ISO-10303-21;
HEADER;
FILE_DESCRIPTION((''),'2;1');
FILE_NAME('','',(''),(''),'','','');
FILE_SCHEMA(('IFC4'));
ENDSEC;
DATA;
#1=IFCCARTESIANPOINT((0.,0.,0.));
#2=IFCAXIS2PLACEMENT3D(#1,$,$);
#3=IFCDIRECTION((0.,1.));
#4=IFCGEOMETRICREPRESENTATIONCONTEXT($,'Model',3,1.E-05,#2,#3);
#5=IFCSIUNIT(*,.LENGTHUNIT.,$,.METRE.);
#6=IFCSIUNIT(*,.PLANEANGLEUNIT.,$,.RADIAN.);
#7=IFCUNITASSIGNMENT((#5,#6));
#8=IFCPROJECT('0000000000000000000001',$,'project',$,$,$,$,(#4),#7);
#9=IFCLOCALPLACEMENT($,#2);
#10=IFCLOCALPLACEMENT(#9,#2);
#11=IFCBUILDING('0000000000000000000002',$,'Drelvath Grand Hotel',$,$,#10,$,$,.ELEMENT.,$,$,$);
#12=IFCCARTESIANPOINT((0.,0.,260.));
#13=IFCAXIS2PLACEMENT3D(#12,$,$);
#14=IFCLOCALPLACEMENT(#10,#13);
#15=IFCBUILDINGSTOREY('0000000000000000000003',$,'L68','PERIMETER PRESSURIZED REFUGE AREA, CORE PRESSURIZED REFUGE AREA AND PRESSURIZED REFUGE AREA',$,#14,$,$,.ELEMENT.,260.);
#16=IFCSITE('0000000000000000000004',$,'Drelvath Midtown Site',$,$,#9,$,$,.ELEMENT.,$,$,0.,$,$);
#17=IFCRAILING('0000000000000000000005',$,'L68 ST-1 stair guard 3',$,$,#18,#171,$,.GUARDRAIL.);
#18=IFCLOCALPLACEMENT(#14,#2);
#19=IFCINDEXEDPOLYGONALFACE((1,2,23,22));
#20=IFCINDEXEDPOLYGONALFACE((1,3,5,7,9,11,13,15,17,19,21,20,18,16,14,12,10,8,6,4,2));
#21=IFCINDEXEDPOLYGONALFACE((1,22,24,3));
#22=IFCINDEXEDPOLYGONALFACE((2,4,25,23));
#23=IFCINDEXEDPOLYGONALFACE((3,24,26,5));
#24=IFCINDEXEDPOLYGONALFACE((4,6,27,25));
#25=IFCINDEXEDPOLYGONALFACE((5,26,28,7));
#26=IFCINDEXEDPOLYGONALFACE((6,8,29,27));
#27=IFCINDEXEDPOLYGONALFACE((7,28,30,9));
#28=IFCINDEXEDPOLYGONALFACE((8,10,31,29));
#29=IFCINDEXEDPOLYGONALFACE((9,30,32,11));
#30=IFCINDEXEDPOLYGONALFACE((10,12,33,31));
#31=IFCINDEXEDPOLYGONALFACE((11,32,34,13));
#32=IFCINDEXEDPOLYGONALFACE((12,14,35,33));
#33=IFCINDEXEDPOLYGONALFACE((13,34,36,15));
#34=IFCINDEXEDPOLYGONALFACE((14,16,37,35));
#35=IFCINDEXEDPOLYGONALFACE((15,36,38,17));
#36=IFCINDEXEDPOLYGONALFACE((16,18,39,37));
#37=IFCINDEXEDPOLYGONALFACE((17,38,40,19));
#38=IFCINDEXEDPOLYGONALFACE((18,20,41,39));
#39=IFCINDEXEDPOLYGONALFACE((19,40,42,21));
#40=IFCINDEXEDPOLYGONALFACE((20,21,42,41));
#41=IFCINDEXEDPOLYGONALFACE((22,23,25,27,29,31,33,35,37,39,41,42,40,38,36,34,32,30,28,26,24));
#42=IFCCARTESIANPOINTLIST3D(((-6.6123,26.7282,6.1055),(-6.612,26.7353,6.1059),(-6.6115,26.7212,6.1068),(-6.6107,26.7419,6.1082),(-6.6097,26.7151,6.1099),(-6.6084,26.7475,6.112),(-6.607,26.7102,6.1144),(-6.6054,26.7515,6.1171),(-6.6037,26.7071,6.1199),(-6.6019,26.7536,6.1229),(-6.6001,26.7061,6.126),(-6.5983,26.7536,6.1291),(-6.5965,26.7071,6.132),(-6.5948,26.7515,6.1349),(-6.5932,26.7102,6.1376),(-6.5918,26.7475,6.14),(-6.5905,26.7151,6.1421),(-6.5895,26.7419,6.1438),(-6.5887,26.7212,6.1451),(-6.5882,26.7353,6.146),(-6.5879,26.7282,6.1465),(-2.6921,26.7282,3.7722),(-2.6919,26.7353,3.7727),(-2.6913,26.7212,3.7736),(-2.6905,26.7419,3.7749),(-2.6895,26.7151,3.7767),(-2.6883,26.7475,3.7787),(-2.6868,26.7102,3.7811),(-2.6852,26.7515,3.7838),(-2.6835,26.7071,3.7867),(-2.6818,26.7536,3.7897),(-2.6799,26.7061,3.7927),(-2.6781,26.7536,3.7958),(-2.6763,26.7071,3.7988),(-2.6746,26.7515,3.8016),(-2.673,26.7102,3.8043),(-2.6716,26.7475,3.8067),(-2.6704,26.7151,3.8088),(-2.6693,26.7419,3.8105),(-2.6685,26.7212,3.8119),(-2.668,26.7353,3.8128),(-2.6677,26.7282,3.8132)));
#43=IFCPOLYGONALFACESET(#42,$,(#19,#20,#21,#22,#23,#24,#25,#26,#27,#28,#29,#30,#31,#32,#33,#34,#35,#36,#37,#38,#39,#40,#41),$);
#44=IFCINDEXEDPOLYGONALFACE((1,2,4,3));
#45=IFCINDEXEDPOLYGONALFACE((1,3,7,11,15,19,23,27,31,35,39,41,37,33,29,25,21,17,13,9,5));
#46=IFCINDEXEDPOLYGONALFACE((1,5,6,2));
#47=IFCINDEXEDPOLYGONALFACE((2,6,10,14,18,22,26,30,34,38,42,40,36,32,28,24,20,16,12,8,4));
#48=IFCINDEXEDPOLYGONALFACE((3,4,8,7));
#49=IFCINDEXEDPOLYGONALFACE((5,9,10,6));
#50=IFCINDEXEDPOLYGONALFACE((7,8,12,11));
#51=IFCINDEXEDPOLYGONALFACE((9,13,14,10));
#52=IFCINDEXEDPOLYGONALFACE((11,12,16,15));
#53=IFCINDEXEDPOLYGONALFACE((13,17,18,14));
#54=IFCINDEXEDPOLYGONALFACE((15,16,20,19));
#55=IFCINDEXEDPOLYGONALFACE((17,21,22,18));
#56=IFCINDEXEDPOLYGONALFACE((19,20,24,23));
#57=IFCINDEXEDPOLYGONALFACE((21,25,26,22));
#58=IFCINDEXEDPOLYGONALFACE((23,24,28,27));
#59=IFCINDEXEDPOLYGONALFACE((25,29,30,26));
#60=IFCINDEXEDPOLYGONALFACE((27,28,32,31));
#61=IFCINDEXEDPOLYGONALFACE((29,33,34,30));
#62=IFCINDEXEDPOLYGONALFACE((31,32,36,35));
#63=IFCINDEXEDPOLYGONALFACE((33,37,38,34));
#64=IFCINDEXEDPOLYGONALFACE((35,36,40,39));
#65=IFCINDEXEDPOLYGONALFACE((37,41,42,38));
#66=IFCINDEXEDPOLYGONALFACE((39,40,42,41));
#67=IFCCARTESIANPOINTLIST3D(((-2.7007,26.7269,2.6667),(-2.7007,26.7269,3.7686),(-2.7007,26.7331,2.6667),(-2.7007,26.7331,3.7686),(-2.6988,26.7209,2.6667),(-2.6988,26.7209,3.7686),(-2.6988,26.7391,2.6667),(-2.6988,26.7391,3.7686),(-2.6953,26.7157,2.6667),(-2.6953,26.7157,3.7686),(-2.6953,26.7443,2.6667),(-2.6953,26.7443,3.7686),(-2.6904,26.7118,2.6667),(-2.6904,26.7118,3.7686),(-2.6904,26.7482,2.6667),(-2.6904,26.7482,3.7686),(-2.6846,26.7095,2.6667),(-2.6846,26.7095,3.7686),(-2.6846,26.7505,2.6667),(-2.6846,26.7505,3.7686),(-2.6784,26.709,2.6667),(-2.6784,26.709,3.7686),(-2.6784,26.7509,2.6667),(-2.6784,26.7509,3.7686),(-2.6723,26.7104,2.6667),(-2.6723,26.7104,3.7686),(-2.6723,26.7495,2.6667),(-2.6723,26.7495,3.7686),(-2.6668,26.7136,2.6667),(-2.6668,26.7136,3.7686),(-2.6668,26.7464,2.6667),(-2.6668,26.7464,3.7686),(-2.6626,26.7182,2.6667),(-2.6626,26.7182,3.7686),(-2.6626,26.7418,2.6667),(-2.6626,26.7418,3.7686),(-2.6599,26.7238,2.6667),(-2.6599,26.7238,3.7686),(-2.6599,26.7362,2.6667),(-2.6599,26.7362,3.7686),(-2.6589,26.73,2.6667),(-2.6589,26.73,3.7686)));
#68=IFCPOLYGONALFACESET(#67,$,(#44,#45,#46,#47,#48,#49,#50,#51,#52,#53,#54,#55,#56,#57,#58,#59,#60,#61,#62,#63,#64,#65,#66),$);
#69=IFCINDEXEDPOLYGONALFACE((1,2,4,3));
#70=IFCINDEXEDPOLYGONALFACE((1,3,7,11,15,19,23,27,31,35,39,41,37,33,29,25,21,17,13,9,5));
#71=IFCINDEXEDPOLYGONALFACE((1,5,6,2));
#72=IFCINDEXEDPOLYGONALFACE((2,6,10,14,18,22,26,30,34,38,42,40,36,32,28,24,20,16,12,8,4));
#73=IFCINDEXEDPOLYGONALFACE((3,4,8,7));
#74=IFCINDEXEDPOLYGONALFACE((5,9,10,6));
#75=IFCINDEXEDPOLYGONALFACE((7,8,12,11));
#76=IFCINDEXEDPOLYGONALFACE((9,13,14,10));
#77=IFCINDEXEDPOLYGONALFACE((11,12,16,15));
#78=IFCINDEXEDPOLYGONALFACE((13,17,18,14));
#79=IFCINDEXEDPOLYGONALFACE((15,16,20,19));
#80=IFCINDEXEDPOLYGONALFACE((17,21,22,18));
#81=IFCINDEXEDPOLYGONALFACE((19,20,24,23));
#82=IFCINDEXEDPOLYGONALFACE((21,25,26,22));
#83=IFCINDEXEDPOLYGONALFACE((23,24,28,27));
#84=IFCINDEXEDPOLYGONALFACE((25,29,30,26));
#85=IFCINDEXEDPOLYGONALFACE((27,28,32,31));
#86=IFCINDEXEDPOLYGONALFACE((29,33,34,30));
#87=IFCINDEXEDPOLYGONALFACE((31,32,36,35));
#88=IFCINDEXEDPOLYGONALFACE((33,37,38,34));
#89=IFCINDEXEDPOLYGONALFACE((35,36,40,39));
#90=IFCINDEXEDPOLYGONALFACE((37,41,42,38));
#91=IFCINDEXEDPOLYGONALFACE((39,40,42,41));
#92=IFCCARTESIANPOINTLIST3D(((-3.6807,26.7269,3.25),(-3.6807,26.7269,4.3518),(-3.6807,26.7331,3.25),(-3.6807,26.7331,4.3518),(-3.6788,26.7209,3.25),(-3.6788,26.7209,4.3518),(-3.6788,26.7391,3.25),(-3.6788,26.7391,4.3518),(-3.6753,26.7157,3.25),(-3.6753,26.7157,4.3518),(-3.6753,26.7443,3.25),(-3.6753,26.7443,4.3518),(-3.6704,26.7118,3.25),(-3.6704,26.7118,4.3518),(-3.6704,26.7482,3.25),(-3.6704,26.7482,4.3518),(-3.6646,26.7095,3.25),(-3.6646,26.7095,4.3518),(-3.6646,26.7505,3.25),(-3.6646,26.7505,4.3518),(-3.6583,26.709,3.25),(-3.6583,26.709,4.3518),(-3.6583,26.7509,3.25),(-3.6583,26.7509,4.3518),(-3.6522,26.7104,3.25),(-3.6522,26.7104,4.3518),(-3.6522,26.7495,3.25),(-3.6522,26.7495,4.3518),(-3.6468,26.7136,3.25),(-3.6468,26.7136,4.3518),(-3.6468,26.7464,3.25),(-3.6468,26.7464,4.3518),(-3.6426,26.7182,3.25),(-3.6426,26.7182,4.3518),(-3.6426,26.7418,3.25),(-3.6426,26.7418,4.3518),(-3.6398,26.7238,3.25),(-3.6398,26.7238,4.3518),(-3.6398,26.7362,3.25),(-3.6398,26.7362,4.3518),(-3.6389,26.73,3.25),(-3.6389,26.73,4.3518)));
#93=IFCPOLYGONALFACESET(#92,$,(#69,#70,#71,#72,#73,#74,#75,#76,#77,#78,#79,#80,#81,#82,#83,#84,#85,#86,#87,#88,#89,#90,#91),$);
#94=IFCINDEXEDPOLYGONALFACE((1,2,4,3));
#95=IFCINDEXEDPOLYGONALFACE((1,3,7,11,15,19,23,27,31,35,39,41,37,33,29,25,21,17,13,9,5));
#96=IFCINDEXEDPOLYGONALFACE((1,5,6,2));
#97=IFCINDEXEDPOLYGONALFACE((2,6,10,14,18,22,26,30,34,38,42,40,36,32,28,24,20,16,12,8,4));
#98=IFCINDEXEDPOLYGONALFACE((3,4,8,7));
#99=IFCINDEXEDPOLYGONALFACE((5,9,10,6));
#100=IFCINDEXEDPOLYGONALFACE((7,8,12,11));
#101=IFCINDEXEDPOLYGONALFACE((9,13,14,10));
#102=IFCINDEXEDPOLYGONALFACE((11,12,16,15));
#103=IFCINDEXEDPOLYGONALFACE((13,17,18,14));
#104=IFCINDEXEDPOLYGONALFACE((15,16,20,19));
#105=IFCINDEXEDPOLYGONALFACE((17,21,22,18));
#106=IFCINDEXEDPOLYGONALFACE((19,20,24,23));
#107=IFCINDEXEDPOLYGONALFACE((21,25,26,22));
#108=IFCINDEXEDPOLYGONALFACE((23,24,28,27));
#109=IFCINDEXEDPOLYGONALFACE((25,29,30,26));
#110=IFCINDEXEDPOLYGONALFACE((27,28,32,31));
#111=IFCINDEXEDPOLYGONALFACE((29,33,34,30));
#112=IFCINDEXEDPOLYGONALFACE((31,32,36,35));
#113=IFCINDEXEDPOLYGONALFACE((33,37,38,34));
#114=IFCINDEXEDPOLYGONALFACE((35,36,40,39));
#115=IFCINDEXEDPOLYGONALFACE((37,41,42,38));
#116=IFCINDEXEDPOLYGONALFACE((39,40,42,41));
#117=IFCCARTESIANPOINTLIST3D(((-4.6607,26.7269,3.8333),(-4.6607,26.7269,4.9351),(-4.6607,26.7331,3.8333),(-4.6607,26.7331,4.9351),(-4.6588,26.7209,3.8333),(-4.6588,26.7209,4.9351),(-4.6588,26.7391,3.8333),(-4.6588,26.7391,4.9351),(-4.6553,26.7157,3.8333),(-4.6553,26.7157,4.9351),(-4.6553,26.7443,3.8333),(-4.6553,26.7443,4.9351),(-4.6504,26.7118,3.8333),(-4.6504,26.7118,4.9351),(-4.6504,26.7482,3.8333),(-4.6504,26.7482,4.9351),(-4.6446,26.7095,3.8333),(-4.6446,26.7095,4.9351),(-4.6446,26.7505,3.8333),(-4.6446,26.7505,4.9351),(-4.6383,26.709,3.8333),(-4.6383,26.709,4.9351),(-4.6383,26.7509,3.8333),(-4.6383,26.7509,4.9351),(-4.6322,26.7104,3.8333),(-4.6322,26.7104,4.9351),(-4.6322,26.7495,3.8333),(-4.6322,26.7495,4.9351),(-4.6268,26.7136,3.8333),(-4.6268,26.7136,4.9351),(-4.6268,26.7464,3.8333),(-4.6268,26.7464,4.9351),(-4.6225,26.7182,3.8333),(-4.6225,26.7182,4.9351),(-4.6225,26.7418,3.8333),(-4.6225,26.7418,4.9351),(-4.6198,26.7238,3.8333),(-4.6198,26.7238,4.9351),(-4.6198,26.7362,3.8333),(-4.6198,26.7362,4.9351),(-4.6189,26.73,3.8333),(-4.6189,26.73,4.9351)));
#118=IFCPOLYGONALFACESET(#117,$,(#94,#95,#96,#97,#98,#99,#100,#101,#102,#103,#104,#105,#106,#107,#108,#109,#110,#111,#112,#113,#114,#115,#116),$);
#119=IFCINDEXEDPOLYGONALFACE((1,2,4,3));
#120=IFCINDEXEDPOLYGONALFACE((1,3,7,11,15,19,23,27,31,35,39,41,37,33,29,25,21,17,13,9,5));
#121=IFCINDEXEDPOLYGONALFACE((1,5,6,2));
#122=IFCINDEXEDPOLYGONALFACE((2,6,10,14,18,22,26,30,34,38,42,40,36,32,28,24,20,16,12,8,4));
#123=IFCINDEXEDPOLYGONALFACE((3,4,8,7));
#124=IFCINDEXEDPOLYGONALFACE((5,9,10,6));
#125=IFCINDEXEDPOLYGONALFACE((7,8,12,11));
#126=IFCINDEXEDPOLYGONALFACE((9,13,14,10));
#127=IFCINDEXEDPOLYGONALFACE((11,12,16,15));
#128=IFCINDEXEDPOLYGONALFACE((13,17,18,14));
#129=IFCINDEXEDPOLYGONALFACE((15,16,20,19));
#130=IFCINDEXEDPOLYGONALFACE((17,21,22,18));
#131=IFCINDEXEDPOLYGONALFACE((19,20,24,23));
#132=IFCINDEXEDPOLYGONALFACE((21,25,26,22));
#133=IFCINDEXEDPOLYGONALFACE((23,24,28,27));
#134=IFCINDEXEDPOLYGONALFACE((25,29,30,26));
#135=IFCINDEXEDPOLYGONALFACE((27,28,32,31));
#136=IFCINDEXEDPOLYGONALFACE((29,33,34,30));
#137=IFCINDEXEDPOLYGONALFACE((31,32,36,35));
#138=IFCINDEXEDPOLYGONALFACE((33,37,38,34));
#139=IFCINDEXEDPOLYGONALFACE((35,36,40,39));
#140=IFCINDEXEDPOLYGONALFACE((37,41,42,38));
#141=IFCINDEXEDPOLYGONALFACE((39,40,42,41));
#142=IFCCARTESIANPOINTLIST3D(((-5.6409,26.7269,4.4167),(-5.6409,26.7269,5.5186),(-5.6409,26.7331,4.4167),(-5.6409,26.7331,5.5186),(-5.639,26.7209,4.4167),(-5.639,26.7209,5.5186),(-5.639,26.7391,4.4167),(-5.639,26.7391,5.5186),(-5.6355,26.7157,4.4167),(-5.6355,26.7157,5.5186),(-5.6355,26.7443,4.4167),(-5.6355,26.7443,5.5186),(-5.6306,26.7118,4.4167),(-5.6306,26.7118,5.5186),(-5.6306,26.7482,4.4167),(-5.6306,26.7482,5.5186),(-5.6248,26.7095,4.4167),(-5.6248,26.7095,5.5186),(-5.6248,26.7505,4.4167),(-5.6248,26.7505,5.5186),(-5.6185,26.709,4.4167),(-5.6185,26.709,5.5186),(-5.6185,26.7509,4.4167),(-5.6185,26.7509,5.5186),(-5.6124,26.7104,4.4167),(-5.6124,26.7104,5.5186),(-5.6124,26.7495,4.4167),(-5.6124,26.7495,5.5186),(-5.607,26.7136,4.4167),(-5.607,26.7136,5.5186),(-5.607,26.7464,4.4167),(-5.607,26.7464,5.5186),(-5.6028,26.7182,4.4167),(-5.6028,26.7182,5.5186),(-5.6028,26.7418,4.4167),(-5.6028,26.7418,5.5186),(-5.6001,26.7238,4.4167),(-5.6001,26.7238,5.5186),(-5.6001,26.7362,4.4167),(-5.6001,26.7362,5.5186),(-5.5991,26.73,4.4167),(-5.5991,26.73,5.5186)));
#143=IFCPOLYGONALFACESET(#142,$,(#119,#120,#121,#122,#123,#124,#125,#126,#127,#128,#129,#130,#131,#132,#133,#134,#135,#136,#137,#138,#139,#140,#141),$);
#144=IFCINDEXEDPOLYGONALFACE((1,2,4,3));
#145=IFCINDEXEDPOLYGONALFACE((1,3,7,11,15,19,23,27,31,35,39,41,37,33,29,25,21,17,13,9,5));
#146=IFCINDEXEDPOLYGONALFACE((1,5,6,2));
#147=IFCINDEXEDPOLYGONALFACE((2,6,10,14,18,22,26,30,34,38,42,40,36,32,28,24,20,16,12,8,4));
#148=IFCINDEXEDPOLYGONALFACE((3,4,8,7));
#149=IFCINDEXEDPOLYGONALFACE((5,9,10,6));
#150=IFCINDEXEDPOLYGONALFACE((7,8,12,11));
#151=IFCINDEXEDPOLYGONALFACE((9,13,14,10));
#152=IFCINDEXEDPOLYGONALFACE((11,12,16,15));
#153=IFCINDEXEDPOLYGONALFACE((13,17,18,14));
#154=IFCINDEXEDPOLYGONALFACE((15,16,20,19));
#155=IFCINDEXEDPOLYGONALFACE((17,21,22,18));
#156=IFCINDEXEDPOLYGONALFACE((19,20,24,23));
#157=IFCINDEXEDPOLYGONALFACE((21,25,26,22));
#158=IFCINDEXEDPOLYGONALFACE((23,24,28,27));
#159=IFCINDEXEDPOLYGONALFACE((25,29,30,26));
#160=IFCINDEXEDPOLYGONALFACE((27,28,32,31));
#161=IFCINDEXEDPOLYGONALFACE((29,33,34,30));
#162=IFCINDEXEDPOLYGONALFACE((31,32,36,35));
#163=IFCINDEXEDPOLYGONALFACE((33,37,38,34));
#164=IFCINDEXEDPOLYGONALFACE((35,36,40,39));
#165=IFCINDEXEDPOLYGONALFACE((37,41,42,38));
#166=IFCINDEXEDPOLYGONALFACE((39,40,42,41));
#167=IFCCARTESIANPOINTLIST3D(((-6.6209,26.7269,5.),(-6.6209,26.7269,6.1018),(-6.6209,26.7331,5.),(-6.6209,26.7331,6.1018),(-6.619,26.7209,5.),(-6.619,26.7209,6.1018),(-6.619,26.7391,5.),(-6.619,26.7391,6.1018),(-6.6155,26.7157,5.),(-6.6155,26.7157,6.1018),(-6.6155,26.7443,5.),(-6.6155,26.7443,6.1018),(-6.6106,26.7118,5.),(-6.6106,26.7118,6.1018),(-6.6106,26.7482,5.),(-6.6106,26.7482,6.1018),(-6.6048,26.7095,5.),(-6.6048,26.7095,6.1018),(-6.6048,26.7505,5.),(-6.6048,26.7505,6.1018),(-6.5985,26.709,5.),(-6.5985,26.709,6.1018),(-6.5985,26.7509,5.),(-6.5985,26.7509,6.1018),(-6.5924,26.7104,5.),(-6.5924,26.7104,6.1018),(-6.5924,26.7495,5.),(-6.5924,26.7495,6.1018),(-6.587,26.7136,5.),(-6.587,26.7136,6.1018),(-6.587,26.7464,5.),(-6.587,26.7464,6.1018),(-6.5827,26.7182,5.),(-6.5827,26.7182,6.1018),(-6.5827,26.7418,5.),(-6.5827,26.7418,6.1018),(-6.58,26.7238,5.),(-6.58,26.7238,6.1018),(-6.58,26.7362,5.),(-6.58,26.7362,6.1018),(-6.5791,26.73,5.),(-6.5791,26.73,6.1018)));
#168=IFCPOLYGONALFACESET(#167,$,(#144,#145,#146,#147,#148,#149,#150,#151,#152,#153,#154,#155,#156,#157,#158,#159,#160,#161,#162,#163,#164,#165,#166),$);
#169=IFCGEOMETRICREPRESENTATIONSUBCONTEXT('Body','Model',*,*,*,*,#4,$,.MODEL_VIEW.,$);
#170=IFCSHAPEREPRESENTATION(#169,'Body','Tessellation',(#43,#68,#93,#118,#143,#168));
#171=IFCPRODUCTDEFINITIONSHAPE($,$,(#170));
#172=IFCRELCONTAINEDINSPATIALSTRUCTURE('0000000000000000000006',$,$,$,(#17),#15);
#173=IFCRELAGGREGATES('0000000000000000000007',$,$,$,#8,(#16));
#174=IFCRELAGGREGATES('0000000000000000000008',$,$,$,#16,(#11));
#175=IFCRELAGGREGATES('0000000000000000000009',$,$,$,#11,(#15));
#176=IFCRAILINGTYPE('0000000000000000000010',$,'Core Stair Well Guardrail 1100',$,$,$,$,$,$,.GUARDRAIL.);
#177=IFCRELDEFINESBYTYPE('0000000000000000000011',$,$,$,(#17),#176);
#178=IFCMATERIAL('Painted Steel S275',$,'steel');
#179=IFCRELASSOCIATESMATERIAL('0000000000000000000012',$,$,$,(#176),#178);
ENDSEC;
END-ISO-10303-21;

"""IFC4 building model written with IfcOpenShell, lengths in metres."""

from ifc_helpers import new_model, si_unit, direction, frame, origin, origin_2d, place, context, subcontext, project, spatial, circle, extrude, material, type_object, element, save


model = new_model("IFC4")

# Units and contexts
model_context = context("Model", 3, precision=1e-05, world=origin(), true_north=direction((0.0, 1.0)))
body_context = subcontext(model_context, "Body", "Model", "MODEL_VIEW")
ifc_project = project(units=[si_unit("LENGTHUNIT", "METRE"), si_unit("PLANEANGLEUNIT", "RADIAN")], contexts=[model_context])

# Site, building, storey
site_placement = place(None, origin())
site = spatial("IfcSite", under=ifc_project, at=site_placement, Name="Drelvath Midtown Site", CompositionType="ELEMENT", RefElevation=0.0)
building_placement = place(site_placement, origin())
building = spatial("IfcBuilding", under=site, at=building_placement, Name="Drelvath Grand Hotel", CompositionType="ELEMENT")
storey_placement = place(building_placement, frame((0.0, 0.0, 260.0)))
storey = spatial("IfcBuildingStorey", under=building, at=storey_placement, Name="L68", Description="PERIMETER PRESSURIZED REFUGE AREA, CORE PRESSURIZED REFUGE AREA AND PRESSURIZED REFUGE AREA", CompositionType="ELEMENT", Elevation=260.0)

# Shared definitions
ifc_material_1 = material(Name="Painted Steel S275", Category="steel")

# Railing
railing_type_1 = type_object("IfcRailingType", Name="Core Stair Well Guardrail 1100", PredefinedType="GUARDRAIL", material=ifc_material_1)
railing_1_placement = place(storey_placement, frame((-2.6799, 26.73, 2.6667)))
element("IfcRailing", 1, at=railing_1_placement, inside=storey, type_object=railing_type_1, Name="L68 ST-1 stair guard 3", PredefinedType="GUARDRAIL", context=body_context, shape_type="SweptSolid", body=[
    extrude(circle(Radius=0.0239, at=origin_2d()), frame((0.0, 0.0, 1.126), z_axis=(-0.85931, 0.0, 0.511455), x_axis=(0.0, -1.0, 0.0)), (0.0, 0.0, 1.0), 4.562),
    extrude(circle(Radius=0.021, at=origin_2d()), origin(), (0.0, 0.0, 1.0), 1.1018),
    extrude(circle(Radius=0.021, at=origin_2d()), frame((-0.98, 0.0, 0.5833)), (0.0, 0.0, 1.0), 1.1018),
    extrude(circle(Radius=0.021, at=origin_2d()), frame((-1.96, 0.0, 1.1665)), (0.0, 0.0, 1.0), 1.1018),
    extrude(circle(Radius=0.021, at=origin_2d()), frame((-2.9402, 0.0, 1.75)), (0.0, 0.0, 1.0), 1.1018),
    extrude(circle(Radius=0.021, at=origin_2d()), frame((-3.9202, 0.0, 2.3333)), (0.0, 0.0, 1.0), 1.1018),
])

save(model, "model.ifc")
